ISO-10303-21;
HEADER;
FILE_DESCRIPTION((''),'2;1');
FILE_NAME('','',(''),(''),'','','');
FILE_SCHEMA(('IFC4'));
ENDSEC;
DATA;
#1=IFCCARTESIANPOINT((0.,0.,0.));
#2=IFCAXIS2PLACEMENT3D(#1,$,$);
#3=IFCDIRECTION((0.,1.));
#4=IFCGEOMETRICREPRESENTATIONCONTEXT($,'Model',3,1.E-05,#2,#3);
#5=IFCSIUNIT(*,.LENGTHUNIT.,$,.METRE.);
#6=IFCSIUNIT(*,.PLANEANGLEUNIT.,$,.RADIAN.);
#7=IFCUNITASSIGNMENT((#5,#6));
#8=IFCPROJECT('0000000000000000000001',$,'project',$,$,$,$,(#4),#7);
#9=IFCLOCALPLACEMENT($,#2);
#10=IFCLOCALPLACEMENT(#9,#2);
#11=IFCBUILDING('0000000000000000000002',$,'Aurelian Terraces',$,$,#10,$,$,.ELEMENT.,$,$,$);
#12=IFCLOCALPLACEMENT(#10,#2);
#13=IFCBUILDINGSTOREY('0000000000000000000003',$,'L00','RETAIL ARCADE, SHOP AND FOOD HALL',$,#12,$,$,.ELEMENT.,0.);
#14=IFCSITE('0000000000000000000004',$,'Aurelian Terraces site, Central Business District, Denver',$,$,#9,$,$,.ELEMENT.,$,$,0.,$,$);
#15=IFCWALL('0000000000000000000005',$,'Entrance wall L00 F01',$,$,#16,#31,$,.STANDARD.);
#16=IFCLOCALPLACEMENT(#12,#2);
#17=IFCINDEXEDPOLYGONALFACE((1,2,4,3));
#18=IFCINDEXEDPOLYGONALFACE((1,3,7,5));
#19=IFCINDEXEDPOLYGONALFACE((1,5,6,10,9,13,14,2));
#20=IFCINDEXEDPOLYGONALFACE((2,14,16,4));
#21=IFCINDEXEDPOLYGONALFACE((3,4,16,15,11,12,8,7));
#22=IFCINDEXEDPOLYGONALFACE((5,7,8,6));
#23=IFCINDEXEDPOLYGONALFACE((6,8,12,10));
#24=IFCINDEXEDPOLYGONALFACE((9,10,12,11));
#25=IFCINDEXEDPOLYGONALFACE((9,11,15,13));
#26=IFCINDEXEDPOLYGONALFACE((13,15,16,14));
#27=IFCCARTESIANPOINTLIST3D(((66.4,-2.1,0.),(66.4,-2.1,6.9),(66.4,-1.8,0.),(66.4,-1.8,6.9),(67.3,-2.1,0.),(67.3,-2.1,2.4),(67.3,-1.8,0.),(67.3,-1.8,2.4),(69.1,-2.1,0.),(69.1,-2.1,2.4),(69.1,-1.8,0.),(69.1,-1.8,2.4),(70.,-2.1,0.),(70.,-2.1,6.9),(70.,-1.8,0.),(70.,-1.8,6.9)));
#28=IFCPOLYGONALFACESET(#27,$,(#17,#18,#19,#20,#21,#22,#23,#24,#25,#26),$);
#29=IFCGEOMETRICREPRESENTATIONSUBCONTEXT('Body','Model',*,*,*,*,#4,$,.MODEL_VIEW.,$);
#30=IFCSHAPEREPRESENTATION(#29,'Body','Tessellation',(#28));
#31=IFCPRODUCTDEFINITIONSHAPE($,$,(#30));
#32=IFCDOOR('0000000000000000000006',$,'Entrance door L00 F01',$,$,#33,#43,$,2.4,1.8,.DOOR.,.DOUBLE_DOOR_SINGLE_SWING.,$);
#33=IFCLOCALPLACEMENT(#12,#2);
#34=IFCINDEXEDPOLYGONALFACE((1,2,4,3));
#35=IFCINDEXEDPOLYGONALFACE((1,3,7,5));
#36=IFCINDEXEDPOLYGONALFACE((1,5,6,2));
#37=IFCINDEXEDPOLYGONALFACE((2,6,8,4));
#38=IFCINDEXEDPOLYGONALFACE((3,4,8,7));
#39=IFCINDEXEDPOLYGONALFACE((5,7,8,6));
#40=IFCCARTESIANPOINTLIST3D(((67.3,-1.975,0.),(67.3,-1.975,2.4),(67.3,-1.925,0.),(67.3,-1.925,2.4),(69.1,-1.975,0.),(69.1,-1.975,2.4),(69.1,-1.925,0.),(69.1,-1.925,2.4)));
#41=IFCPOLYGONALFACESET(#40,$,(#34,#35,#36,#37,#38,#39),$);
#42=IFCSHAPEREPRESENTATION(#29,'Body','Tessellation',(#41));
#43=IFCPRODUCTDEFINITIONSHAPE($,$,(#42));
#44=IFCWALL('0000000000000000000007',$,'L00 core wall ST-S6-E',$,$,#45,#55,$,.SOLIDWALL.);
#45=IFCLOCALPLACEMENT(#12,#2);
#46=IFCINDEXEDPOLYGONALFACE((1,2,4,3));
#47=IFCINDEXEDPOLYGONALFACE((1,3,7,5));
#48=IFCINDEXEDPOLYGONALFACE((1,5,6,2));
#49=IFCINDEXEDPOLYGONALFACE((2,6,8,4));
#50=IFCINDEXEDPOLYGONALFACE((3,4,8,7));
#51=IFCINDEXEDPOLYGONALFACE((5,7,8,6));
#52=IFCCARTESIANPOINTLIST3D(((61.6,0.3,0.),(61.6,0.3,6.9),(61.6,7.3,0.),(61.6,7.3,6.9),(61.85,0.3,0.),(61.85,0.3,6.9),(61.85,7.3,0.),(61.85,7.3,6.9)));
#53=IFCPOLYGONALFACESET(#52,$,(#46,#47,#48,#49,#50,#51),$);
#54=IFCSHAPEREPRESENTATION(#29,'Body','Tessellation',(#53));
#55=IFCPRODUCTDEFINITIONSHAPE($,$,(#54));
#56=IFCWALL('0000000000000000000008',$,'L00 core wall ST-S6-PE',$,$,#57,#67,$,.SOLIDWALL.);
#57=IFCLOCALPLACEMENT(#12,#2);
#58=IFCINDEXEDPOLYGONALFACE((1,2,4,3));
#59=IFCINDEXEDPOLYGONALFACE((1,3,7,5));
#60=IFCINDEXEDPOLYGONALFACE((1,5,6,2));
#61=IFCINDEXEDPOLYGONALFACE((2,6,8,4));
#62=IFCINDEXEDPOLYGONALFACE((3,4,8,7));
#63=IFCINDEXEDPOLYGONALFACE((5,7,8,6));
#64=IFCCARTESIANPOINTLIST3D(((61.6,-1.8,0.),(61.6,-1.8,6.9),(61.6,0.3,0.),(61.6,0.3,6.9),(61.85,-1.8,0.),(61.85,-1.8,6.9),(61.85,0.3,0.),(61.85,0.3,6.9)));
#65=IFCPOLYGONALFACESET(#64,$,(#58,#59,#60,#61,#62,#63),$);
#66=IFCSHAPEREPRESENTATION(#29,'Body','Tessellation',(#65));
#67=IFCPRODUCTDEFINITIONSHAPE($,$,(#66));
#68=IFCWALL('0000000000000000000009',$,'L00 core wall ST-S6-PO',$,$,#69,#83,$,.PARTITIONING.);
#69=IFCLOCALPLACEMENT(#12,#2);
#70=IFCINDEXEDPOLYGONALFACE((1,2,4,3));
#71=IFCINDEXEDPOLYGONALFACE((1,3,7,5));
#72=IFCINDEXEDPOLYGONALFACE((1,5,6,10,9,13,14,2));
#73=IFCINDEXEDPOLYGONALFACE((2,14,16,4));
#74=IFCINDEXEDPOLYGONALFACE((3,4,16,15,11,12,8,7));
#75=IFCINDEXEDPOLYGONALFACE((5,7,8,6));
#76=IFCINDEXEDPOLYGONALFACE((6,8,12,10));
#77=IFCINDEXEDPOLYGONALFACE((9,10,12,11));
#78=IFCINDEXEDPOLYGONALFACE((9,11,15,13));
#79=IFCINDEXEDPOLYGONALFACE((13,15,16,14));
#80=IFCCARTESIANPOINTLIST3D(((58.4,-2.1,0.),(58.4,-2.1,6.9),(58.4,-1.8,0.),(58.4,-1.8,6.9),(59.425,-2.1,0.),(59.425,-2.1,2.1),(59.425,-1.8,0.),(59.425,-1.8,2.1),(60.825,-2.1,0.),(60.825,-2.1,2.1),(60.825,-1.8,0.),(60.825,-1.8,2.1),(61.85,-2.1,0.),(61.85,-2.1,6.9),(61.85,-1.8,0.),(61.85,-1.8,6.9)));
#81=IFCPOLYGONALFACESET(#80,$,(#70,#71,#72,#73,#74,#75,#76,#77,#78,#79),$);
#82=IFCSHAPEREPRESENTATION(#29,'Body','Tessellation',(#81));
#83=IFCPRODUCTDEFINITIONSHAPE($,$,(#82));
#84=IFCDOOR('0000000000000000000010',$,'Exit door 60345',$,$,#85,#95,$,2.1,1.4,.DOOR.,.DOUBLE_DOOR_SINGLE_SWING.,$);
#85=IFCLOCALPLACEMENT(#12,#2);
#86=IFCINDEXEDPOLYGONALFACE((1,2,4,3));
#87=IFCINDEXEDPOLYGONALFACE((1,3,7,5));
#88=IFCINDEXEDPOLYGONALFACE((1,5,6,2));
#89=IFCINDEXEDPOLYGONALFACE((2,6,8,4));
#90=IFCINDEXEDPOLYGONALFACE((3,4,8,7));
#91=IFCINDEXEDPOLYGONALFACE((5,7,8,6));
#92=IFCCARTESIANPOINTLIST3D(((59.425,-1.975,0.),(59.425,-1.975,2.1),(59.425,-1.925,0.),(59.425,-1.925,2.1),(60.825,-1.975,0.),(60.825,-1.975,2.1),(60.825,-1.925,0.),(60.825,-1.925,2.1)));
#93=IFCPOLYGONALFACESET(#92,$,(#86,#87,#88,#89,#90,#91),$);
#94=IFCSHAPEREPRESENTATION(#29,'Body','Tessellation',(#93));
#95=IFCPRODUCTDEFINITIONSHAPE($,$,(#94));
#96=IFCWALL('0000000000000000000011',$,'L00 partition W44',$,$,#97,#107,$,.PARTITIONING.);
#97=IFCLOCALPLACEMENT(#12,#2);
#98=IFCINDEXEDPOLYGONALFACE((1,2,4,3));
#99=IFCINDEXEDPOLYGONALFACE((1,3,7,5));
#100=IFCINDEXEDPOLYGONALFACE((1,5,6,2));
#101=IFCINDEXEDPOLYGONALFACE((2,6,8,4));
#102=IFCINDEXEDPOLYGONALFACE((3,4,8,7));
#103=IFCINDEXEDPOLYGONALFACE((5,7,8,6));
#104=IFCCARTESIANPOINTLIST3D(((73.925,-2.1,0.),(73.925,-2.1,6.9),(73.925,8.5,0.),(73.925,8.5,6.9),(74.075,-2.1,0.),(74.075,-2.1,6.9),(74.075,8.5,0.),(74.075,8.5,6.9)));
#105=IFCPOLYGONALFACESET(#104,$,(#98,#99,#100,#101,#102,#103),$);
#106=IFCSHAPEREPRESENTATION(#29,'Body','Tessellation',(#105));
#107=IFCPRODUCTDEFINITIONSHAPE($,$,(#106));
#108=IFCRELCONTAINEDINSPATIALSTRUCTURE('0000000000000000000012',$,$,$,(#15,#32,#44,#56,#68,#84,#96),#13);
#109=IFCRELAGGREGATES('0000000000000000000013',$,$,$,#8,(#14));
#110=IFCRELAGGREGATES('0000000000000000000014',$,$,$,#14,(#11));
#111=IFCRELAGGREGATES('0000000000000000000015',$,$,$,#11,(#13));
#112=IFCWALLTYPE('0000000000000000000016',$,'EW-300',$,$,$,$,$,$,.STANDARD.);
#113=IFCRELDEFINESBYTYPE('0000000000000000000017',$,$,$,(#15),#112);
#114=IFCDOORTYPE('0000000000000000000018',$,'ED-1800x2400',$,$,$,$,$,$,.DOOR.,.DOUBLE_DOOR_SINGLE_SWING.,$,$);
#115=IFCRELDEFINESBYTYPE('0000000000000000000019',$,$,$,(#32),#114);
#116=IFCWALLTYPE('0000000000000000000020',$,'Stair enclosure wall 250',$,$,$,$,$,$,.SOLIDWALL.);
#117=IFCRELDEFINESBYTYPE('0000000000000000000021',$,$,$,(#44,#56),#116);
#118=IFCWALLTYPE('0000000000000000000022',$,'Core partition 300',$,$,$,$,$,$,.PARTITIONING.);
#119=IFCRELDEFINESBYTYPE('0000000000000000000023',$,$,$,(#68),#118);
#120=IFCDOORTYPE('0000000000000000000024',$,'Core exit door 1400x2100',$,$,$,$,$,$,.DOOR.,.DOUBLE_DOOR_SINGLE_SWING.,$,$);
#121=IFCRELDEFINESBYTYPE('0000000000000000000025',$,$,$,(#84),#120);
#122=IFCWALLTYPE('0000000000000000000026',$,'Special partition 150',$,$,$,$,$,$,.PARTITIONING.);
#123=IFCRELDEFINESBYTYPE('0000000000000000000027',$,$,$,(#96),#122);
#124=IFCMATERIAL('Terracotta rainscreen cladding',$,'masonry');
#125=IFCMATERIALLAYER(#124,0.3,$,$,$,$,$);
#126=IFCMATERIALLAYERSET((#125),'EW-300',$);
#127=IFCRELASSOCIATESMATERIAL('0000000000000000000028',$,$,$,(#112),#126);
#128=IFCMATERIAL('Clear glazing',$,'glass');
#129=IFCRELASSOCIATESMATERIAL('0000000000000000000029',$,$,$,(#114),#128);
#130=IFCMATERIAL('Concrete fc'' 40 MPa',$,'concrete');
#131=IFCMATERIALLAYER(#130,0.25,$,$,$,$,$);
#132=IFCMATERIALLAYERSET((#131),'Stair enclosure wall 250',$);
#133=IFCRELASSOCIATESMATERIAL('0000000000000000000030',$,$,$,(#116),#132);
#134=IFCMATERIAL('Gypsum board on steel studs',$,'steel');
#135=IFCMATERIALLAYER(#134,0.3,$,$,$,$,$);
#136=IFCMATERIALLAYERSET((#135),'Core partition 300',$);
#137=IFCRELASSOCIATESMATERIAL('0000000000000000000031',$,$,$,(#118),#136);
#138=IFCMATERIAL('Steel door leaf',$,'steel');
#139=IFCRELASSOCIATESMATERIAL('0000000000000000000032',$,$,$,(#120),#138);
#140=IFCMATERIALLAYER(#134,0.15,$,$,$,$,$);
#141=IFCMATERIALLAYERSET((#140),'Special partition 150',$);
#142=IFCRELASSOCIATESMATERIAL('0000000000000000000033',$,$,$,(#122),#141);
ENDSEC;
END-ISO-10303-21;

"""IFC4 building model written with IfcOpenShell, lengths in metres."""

from ifc_helpers import new_model, si_unit, direction, frame, frame_2d, origin, place, context, subcontext, project, spatial, rectangle, extrude, source, transform, mapped, material, layer, layer_set, type_object, element, fill, save


model = new_model("IFC4")

# Units and contexts
model_context = context("Model", 3, precision=1e-05, world=origin(), true_north=direction((0.0, 1.0)))
body_context = subcontext(model_context, "Body", "Model", "MODEL_VIEW")
ifc_project = project(units=[si_unit("LENGTHUNIT", "METRE"), si_unit("PLANEANGLEUNIT", "RADIAN")], contexts=[model_context])

# Site, building, storey
site_placement = place(None, origin())
site = spatial("IfcSite", under=ifc_project, at=site_placement, Name="Aurelian Terraces site, Central Business District, Denver", CompositionType="ELEMENT", RefElevation=0.0)
building_placement = place(site_placement, origin())
building = spatial("IfcBuilding", under=site, at=building_placement, Name="Aurelian Terraces", CompositionType="ELEMENT")
storey_placement = place(building_placement, origin())
storey = spatial("IfcBuildingStorey", under=building, at=storey_placement, Name="L00", Description="RETAIL ARCADE, SHOP AND FOOD HALL", CompositionType="ELEMENT", Elevation=0.0)

# Shared definitions
ifc_material_1 = material(Name="Clear glazing", Category="glass")

# Wall, opening, door
ifc_material_2 = material(Name="Terracotta rainscreen cladding", Category="masonry")
ifc_layer_1 = layer(ifc_material_2, 0.3)
ifc_layer_set_1 = layer_set([ifc_layer_1], Name="EW-300")
wall_type_1 = type_object("IfcWallType", Name="EW-300", PredefinedType="STANDARD", material=ifc_layer_set_1)
shared_shape_1 = source(origin(), body_context, "Body", "SweptSolid", [
    extrude(rectangle(XDim=3.6, YDim=0.3, at=frame_2d((1.8, 0.0))), origin(), (0.0, 0.0, 1.0), 6.9),
])
wall_1_placement = place(storey_placement, frame((66.4, -1.95, 0.0), z_axis=(0.0, 0.0, 1.0), x_axis=(1.0, 0.0, 0.0)))
wall_1 = element("IfcWall", 1, at=wall_1_placement, inside=storey, type_object=wall_type_1, Name="Entrance wall L00 F01", PredefinedType="STANDARD", context=body_context, shape_type="MappedRepresentation", body=[
    mapped(shared_shape_1, transform((0.0, 0.0, 0.0), scale=1.0)),
])
shared_shape_2 = source(origin(), body_context, "Body", "SweptSolid", [
    extrude(rectangle(XDim=1.8, YDim=2.4, at=frame_2d((0.9, 1.2))), frame((0.0, 0.16, 0.0), z_axis=(0.0, -1.0, 0.0), x_axis=(1.0, 0.0, 0.0)), (0.0, 0.0, 1.0), 0.32),
])
opening_1_placement = place(wall_1_placement, frame((0.9, 0.0, 0.0)))
opening_1 = element("IfcOpeningElement", 2, at=opening_1_placement, cuts=wall_1, PredefinedType="OPENING", context=body_context, shape_type="MappedRepresentation", body=[
    mapped(shared_shape_2, transform((0.0, 0.0, 0.0), scale=1.0)),
])
door_type_1 = type_object("IfcDoorType", Name="ED-1800x2400", OperationType="DOUBLE_DOOR_SINGLE_SWING", PredefinedType="DOOR", material=ifc_material_1)
shared_shape_3 = source(origin(), body_context, "Body", "SweptSolid", [
    extrude(rectangle(XDim=1.8, YDim=2.4, at=frame_2d((0.9, 1.2))), frame((0.0, 0.025, 0.0), z_axis=(0.0, -1.0, 0.0), x_axis=(1.0, 0.0, 0.0)), (0.0, 0.0, 1.0), 0.05),
])
door_1_placement = place(opening_1_placement, origin())
door_1 = element("IfcDoor", 3, at=door_1_placement, inside=storey, type_object=door_type_1, Name="Entrance door L00 F01", OperationType="DOUBLE_DOOR_SINGLE_SWING", OverallHeight=2.4, OverallWidth=1.8, PredefinedType="DOOR", context=body_context, shape_type="MappedRepresentation", body=[
    mapped(shared_shape_3, transform((0.0, 0.0, 0.0), scale=1.0)),
])
fill(opening_1, door_1)

# Walls
ifc_material_3 = material(Name="Concrete fc' 40 MPa", Category="concrete")
ifc_layer_2 = layer(ifc_material_3, 0.25)
ifc_layer_set_2 = layer_set([ifc_layer_2], Name="Stair enclosure wall 250")
wall_type_2 = type_object("IfcWallType", Name="Stair enclosure wall 250", PredefinedType="SOLIDWALL", material=ifc_layer_set_2)
shared_shape_4 = source(origin(), body_context, "Body", "SweptSolid", [
    extrude(rectangle(XDim=7.0, YDim=0.25, at=frame_2d((3.5, 0.0))), origin(), (0.0, 0.0, 1.0), 6.9),
])
wall_2_placement = place(storey_placement, frame((61.725, 0.3, 0.0), z_axis=(0.0, 0.0, 1.0), x_axis=(0.0, 1.0, 0.0)))
element("IfcWall", 4, at=wall_2_placement, inside=storey, type_object=wall_type_2, Name="L00 core wall ST-S6-E", PredefinedType="SOLIDWALL", context=body_context, shape_type="MappedRepresentation", body=[
    mapped(shared_shape_4, transform((0.0, 0.0, 0.0), scale=1.0)),
])
shared_shape_5 = source(origin(), body_context, "Body", "SweptSolid", [
    extrude(rectangle(XDim=2.1, YDim=0.25, at=frame_2d((1.05, 0.0))), origin(), (0.0, 0.0, 1.0), 6.9),
])
wall_3_placement = place(storey_placement, frame((61.725, -1.8, 0.0), z_axis=(0.0, 0.0, 1.0), x_axis=(0.0, 1.0, 0.0)))
element("IfcWall", 5, at=wall_3_placement, inside=storey, type_object=wall_type_2, Name="L00 core wall ST-S6-PE", PredefinedType="SOLIDWALL", context=body_context, shape_type="MappedRepresentation", body=[
    mapped(shared_shape_5, transform((0.0, 0.0, 0.0), scale=1.0)),
])

# Wall, opening, door
ifc_material_4 = material(Name="Gypsum board on steel studs", Category="steel")
ifc_layer_3 = layer(ifc_material_4, 0.3)
ifc_layer_set_3 = layer_set([ifc_layer_3], Name="Core partition 300")
wall_type_3 = type_object("IfcWallType", Name="Core partition 300", PredefinedType="PARTITIONING", material=ifc_layer_set_3)
shared_shape_6 = source(origin(), body_context, "Body", "SweptSolid", [
    extrude(rectangle(XDim=3.45, YDim=0.3, at=frame_2d((1.725, 0.0))), origin(), (0.0, 0.0, 1.0), 6.9),
])
wall_4_placement = place(storey_placement, frame((61.85, -1.95, 0.0), z_axis=(0.0, 0.0, 1.0), x_axis=(-1.0, 0.0, 0.0)))
wall_4 = element("IfcWall", 6, at=wall_4_placement, inside=storey, type_object=wall_type_3, Name="L00 core wall ST-S6-PO", PredefinedType="PARTITIONING", context=body_context, shape_type="MappedRepresentation", body=[
    mapped(shared_shape_6, transform((0.0, 0.0, 0.0), scale=1.0)),
])
shared_shape_7 = source(origin(), body_context, "Body", "SweptSolid", [
    extrude(rectangle(XDim=1.4, YDim=2.1, at=frame_2d((0.7, 1.05))), frame((0.0, 0.16, 0.0), z_axis=(0.0, -1.0, 0.0), x_axis=(1.0, 0.0, 0.0)), (0.0, 0.0, 1.0), 0.32),
])
opening_2_placement = place(wall_4_placement, frame((1.025, 0.0, 0.0)))
opening_2 = element("IfcOpeningElement", 7, at=opening_2_placement, cuts=wall_4, PredefinedType="OPENING", context=body_context, shape_type="MappedRepresentation", body=[
    mapped(shared_shape_7, transform((0.0, 0.0, 0.0), scale=1.0)),
])
ifc_material_5 = material(Name="Steel door leaf", Category="steel")
door_type_2 = type_object("IfcDoorType", Name="Core exit door 1400x2100", OperationType="DOUBLE_DOOR_SINGLE_SWING", PredefinedType="DOOR", material=ifc_material_5)
shared_shape_8 = source(origin(), body_context, "Body", "SweptSolid", [
    extrude(rectangle(XDim=1.4, YDim=2.1, at=frame_2d((0.7, 1.05))), frame((0.0, 0.025, 0.0), z_axis=(0.0, -1.0, 0.0), x_axis=(1.0, 0.0, 0.0)), (0.0, 0.0, 1.0), 0.05),
])
door_2_placement = place(opening_2_placement, origin())
door_2 = element("IfcDoor", 8, at=door_2_placement, inside=storey, type_object=door_type_2, Name="Exit door 60345", OperationType="DOUBLE_DOOR_SINGLE_SWING", OverallHeight=2.1, OverallWidth=1.4, PredefinedType="DOOR", context=body_context, shape_type="MappedRepresentation", body=[
    mapped(shared_shape_8, transform((0.0, 0.0, 0.0), scale=1.0)),
])
fill(opening_2, door_2)

# Wall
ifc_layer_4 = layer(ifc_material_4, 0.15)
ifc_layer_set_4 = layer_set([ifc_layer_4], Name="Special partition 150")
wall_type_4 = type_object("IfcWallType", Name="Special partition 150", PredefinedType="PARTITIONING", material=ifc_layer_set_4)
shared_shape_9 = source(origin(), body_context, "Body", "SweptSolid", [
    extrude(rectangle(XDim=10.6, YDim=0.15, at=frame_2d((5.3, 0.0))), origin(), (0.0, 0.0, 1.0), 6.9),
])
wall_5_placement = place(storey_placement, frame((74.0, -2.1, 0.0), z_axis=(0.0, 0.0, 1.0), x_axis=(0.0, 1.0, 0.0)))
element("IfcWall", 9, at=wall_5_placement, inside=storey, type_object=wall_type_4, Name="L00 partition W44", PredefinedType="PARTITIONING", context=body_context, shape_type="MappedRepresentation", body=[
    mapped(shared_shape_9, transform((0.0, 0.0, 0.0), scale=1.0)),
])

save(model, "model.ifc")
